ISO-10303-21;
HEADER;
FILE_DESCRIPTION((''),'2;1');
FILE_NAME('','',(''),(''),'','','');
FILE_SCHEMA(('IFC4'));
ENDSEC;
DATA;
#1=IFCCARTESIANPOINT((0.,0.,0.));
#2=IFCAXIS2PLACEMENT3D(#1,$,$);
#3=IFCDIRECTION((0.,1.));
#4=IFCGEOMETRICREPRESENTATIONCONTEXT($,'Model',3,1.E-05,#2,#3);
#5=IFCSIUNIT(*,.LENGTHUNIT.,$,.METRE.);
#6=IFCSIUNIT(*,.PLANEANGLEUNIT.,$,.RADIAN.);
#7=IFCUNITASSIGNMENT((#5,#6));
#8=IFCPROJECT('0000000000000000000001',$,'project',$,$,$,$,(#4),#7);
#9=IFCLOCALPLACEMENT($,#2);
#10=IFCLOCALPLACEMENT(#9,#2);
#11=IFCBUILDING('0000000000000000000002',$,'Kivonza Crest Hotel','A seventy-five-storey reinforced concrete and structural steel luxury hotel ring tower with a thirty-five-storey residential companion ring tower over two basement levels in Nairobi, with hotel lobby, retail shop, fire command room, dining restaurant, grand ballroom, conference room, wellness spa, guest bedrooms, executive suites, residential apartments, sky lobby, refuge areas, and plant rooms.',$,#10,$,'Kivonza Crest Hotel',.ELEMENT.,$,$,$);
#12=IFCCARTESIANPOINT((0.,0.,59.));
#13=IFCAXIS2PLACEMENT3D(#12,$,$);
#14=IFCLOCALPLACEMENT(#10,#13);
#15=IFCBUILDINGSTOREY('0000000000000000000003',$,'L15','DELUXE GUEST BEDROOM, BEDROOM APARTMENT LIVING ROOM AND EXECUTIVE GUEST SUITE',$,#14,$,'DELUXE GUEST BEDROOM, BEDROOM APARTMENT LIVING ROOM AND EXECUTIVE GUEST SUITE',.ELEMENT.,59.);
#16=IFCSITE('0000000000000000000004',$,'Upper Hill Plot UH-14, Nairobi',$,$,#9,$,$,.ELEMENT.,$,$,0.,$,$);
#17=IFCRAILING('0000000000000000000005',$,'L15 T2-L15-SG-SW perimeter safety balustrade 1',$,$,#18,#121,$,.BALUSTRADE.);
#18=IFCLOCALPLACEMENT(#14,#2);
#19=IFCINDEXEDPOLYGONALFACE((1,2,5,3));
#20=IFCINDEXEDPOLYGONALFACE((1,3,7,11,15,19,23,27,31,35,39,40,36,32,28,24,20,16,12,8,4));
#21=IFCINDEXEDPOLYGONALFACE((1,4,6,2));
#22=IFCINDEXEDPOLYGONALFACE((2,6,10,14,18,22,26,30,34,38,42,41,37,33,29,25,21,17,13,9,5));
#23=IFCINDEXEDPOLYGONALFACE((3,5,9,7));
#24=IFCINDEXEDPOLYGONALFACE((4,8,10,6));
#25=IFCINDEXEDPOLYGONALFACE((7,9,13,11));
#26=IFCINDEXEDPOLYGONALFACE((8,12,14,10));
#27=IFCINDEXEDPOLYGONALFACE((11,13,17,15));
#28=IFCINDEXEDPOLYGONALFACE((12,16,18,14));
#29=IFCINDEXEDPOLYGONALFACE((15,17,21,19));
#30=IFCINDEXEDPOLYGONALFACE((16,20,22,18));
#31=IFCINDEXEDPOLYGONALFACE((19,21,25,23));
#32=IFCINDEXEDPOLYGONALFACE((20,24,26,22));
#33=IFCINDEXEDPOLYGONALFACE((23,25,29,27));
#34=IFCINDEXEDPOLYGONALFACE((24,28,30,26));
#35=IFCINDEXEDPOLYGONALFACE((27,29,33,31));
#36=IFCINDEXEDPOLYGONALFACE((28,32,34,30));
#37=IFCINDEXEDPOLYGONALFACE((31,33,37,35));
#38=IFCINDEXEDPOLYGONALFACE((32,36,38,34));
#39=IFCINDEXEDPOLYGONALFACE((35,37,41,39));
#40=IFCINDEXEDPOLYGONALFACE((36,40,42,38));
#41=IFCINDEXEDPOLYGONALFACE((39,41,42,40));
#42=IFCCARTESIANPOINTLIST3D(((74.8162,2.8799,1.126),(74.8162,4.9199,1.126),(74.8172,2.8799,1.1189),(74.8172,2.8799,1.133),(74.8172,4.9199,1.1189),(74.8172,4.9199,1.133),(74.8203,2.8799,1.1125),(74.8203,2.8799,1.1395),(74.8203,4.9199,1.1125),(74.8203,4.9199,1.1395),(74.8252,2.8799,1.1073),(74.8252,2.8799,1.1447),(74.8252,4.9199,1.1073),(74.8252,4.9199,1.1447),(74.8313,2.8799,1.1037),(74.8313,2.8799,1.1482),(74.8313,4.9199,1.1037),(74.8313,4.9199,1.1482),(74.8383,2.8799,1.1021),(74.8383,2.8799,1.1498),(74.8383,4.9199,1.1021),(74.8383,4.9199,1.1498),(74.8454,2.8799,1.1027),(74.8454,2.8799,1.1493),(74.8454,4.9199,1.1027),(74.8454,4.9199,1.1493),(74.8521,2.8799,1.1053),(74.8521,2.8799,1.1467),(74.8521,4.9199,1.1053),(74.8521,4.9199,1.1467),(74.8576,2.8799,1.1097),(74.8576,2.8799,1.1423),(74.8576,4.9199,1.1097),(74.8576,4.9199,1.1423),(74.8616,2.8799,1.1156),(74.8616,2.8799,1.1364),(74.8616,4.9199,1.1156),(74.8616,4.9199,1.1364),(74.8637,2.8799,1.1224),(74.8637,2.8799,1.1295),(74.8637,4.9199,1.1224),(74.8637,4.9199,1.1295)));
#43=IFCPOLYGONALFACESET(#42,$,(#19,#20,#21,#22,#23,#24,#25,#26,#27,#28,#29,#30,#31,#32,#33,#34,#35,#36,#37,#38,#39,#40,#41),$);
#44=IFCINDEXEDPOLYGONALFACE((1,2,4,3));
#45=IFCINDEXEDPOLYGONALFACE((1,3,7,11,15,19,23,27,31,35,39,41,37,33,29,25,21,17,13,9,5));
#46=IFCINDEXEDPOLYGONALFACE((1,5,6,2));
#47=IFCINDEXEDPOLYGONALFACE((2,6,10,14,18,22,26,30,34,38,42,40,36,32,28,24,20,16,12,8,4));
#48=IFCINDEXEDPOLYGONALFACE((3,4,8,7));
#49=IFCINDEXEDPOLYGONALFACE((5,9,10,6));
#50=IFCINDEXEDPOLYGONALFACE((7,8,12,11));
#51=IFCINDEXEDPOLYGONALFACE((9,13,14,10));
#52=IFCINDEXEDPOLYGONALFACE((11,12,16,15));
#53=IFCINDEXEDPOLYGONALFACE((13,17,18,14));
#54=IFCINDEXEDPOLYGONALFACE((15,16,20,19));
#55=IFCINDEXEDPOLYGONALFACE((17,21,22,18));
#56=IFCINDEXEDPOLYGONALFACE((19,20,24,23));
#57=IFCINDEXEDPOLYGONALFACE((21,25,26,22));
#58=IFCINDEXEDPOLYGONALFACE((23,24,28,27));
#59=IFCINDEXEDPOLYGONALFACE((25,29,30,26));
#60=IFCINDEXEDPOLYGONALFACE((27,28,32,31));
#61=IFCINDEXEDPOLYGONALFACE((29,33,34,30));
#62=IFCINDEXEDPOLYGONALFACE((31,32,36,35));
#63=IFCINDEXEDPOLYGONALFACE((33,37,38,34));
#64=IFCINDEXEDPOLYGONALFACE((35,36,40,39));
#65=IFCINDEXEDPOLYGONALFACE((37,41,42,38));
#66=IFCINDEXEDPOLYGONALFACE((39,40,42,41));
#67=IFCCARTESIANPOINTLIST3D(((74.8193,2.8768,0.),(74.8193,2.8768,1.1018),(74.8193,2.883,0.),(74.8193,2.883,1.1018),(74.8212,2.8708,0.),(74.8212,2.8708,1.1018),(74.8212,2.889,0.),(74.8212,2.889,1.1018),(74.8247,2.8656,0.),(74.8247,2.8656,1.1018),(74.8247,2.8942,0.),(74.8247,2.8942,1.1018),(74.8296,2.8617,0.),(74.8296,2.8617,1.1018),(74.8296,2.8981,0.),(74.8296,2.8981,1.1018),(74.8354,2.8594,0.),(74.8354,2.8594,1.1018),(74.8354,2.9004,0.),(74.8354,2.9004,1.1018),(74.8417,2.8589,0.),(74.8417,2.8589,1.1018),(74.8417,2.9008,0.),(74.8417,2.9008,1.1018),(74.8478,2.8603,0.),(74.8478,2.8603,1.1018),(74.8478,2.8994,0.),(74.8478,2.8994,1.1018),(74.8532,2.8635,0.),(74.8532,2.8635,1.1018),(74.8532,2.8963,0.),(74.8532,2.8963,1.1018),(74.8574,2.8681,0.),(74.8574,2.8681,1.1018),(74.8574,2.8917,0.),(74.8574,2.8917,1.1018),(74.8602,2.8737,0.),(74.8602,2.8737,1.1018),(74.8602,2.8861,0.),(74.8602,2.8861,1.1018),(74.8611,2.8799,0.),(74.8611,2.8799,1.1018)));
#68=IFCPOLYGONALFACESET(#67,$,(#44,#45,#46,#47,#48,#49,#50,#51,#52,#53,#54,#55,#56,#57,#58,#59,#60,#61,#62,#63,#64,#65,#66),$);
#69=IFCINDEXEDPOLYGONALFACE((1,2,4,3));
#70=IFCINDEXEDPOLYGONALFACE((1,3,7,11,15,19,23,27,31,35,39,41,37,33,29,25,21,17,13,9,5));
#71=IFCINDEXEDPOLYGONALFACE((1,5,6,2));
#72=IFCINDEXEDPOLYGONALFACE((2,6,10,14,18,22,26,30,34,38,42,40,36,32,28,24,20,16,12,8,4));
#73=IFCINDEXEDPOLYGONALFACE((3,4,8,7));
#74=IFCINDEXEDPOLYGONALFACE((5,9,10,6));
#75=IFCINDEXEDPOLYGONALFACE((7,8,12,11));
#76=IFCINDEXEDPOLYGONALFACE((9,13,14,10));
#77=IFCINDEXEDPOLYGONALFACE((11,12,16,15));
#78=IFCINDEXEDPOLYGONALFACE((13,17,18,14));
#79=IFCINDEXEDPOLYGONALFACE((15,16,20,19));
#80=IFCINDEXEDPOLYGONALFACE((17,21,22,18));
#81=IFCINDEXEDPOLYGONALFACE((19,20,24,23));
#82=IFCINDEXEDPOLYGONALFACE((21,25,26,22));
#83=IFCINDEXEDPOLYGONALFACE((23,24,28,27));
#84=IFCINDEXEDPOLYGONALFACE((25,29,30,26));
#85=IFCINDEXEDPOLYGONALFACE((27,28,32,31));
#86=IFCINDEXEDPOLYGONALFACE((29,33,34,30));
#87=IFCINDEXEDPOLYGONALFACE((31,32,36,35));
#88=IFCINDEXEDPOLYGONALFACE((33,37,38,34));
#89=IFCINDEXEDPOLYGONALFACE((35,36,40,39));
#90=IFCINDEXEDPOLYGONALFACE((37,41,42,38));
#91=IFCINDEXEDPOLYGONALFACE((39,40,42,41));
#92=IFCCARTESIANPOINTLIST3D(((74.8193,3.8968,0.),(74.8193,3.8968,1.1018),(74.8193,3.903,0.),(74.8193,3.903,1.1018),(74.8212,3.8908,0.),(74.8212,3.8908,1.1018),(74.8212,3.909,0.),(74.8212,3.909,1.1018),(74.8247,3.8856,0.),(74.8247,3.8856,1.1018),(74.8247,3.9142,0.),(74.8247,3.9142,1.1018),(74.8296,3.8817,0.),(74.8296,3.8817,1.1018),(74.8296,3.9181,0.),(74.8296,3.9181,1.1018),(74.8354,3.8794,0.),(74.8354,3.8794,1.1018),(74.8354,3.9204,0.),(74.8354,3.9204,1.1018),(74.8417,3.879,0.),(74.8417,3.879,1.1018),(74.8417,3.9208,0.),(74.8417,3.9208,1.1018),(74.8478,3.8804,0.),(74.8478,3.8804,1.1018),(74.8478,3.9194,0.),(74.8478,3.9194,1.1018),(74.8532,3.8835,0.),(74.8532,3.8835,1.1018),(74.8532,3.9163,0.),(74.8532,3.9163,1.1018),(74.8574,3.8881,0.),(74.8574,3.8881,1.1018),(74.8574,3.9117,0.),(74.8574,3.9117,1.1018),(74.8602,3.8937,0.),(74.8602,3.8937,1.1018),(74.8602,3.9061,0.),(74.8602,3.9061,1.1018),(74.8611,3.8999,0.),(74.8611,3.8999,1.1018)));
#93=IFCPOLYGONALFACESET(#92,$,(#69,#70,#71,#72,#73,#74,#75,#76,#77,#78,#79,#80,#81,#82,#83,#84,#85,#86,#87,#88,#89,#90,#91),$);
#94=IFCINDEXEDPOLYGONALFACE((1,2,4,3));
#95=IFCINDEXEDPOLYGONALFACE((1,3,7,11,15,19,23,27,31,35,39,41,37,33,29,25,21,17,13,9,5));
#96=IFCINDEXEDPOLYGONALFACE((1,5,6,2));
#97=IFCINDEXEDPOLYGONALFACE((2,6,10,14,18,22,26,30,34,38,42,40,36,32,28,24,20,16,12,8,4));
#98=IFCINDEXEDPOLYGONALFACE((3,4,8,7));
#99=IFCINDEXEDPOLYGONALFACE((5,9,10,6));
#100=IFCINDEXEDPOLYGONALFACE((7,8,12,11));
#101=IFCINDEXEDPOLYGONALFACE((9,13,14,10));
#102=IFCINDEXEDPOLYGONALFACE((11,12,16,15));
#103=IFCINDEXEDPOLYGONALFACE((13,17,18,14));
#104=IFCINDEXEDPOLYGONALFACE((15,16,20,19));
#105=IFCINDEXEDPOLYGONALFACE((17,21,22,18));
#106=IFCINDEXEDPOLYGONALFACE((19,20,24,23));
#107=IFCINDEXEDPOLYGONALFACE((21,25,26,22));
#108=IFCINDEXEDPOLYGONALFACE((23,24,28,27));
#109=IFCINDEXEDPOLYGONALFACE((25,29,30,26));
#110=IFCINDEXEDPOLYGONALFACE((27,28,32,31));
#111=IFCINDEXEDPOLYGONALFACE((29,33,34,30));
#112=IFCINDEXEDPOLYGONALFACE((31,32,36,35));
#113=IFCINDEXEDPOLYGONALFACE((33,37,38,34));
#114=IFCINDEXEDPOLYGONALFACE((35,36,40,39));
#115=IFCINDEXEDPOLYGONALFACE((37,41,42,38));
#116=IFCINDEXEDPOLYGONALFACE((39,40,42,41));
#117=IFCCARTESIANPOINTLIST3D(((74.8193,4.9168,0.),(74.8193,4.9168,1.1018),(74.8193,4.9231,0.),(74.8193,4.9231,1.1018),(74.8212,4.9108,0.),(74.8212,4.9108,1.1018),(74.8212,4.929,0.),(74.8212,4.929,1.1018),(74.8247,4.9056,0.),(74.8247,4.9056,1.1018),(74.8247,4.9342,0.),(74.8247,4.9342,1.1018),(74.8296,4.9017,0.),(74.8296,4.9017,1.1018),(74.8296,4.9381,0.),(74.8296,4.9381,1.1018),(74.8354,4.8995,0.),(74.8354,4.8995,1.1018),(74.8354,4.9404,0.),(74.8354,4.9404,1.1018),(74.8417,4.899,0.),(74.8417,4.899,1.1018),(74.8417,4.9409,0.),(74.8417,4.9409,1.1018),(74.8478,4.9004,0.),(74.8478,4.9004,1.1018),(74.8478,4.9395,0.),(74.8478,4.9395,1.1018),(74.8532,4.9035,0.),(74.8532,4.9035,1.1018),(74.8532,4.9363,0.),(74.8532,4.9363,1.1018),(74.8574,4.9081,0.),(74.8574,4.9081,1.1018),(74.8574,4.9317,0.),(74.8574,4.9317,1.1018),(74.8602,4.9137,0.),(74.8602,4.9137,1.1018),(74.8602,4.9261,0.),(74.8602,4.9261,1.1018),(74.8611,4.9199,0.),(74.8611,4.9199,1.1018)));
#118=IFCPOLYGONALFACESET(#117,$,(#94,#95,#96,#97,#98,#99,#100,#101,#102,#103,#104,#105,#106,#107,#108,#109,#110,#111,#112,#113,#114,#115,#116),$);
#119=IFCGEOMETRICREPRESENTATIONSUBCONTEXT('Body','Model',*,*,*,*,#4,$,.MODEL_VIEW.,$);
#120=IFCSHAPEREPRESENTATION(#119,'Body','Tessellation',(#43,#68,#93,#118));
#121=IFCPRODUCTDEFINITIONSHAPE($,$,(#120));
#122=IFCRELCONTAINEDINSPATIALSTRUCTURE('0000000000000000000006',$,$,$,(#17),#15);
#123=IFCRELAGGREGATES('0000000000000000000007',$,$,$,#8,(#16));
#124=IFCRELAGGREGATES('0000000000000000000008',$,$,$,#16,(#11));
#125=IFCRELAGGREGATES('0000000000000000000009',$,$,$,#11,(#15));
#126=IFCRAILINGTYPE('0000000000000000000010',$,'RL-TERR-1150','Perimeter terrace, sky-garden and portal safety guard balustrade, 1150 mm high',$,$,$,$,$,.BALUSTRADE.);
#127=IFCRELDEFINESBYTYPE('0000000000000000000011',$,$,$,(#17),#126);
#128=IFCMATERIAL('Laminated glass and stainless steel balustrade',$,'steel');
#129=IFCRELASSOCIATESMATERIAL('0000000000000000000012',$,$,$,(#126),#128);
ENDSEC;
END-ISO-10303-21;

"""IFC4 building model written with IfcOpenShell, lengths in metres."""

from ifc_helpers import new_model, si_unit, direction, frame, origin, origin_2d, place, context, subcontext, project, spatial, circle, extrude, material, type_object, element, save


model = new_model("IFC4")

# Units and contexts
model_context = context("Model", 3, precision=1e-05, world=origin(), true_north=direction((0.0, 1.0)))
body_context = subcontext(model_context, "Body", "Model", "MODEL_VIEW")
ifc_project = project(units=[si_unit("LENGTHUNIT", "METRE"), si_unit("PLANEANGLEUNIT", "RADIAN")], contexts=[model_context])

# Site, building, storey
site_placement = place(None, origin())
site = spatial("IfcSite", under=ifc_project, at=site_placement, Name="Upper Hill Plot UH-14, Nairobi", CompositionType="ELEMENT", RefElevation=0.0)
building_placement = place(site_placement, origin())
building = spatial("IfcBuilding", under=site, at=building_placement, Name="Kivonza Crest Hotel", Description="A seventy-five-storey reinforced concrete and structural steel luxury hotel ring tower with a thirty-five-storey residential companion ring tower over two basement levels in Nairobi, with hotel lobby, retail shop, fire command room, dining restaurant, grand ballroom, conference room, wellness spa, guest bedrooms, executive suites, residential apartments, sky lobby, refuge areas, and plant rooms.", LongName="Kivonza Crest Hotel", CompositionType="ELEMENT")
storey_placement = place(building_placement, frame((0.0, 0.0, 59.0)))
storey = spatial("IfcBuildingStorey", under=building, at=storey_placement, Name="L15", Description="DELUXE GUEST BEDROOM, BEDROOM APARTMENT LIVING ROOM AND EXECUTIVE GUEST SUITE", LongName="DELUXE GUEST BEDROOM, BEDROOM APARTMENT LIVING ROOM AND EXECUTIVE GUEST SUITE", CompositionType="ELEMENT", Elevation=59.0)

# Railing
ifc_material_1 = material(Name="Laminated glass and stainless steel balustrade", Category="steel")
railing_type = type_object("IfcRailingType", Name="RL-TERR-1150", Description="Perimeter terrace, sky-garden and portal safety guard balustrade, 1150 mm high", PredefinedType="BALUSTRADE", material=ifc_material_1)
railing_1_placement = place(storey_placement, frame((74.8401, 2.8799, 0.0)))
element("IfcRailing", 1, at=railing_1_placement, inside=storey, type_object=railing_type, Name="L15 T2-L15-SG-SW perimeter safety balustrade 1", PredefinedType="BALUSTRADE", context=body_context, shape_type="SweptSolid", body=[
    extrude(circle(Radius=0.0239, at=origin_2d()), frame((0.0, 0.0, 1.126), z_axis=(0.0, 1.0, 0.0), x_axis=(-1.0, 0.0, 0.0)), (0.0, 0.0, 1.0), 2.04),
    extrude(circle(Radius=0.021, at=origin_2d()), origin(), (0.0, 0.0, 1.0), 1.1018),
    extrude(circle(Radius=0.021, at=origin_2d()), frame((0.0, 1.02, 0.0)), (0.0, 0.0, 1.0), 1.1018),
    extrude(circle(Radius=0.021, at=origin_2d()), frame((0.0, 2.04, 0.0)), (0.0, 0.0, 1.0), 1.1018),
])

save(model, "model.ifc")
